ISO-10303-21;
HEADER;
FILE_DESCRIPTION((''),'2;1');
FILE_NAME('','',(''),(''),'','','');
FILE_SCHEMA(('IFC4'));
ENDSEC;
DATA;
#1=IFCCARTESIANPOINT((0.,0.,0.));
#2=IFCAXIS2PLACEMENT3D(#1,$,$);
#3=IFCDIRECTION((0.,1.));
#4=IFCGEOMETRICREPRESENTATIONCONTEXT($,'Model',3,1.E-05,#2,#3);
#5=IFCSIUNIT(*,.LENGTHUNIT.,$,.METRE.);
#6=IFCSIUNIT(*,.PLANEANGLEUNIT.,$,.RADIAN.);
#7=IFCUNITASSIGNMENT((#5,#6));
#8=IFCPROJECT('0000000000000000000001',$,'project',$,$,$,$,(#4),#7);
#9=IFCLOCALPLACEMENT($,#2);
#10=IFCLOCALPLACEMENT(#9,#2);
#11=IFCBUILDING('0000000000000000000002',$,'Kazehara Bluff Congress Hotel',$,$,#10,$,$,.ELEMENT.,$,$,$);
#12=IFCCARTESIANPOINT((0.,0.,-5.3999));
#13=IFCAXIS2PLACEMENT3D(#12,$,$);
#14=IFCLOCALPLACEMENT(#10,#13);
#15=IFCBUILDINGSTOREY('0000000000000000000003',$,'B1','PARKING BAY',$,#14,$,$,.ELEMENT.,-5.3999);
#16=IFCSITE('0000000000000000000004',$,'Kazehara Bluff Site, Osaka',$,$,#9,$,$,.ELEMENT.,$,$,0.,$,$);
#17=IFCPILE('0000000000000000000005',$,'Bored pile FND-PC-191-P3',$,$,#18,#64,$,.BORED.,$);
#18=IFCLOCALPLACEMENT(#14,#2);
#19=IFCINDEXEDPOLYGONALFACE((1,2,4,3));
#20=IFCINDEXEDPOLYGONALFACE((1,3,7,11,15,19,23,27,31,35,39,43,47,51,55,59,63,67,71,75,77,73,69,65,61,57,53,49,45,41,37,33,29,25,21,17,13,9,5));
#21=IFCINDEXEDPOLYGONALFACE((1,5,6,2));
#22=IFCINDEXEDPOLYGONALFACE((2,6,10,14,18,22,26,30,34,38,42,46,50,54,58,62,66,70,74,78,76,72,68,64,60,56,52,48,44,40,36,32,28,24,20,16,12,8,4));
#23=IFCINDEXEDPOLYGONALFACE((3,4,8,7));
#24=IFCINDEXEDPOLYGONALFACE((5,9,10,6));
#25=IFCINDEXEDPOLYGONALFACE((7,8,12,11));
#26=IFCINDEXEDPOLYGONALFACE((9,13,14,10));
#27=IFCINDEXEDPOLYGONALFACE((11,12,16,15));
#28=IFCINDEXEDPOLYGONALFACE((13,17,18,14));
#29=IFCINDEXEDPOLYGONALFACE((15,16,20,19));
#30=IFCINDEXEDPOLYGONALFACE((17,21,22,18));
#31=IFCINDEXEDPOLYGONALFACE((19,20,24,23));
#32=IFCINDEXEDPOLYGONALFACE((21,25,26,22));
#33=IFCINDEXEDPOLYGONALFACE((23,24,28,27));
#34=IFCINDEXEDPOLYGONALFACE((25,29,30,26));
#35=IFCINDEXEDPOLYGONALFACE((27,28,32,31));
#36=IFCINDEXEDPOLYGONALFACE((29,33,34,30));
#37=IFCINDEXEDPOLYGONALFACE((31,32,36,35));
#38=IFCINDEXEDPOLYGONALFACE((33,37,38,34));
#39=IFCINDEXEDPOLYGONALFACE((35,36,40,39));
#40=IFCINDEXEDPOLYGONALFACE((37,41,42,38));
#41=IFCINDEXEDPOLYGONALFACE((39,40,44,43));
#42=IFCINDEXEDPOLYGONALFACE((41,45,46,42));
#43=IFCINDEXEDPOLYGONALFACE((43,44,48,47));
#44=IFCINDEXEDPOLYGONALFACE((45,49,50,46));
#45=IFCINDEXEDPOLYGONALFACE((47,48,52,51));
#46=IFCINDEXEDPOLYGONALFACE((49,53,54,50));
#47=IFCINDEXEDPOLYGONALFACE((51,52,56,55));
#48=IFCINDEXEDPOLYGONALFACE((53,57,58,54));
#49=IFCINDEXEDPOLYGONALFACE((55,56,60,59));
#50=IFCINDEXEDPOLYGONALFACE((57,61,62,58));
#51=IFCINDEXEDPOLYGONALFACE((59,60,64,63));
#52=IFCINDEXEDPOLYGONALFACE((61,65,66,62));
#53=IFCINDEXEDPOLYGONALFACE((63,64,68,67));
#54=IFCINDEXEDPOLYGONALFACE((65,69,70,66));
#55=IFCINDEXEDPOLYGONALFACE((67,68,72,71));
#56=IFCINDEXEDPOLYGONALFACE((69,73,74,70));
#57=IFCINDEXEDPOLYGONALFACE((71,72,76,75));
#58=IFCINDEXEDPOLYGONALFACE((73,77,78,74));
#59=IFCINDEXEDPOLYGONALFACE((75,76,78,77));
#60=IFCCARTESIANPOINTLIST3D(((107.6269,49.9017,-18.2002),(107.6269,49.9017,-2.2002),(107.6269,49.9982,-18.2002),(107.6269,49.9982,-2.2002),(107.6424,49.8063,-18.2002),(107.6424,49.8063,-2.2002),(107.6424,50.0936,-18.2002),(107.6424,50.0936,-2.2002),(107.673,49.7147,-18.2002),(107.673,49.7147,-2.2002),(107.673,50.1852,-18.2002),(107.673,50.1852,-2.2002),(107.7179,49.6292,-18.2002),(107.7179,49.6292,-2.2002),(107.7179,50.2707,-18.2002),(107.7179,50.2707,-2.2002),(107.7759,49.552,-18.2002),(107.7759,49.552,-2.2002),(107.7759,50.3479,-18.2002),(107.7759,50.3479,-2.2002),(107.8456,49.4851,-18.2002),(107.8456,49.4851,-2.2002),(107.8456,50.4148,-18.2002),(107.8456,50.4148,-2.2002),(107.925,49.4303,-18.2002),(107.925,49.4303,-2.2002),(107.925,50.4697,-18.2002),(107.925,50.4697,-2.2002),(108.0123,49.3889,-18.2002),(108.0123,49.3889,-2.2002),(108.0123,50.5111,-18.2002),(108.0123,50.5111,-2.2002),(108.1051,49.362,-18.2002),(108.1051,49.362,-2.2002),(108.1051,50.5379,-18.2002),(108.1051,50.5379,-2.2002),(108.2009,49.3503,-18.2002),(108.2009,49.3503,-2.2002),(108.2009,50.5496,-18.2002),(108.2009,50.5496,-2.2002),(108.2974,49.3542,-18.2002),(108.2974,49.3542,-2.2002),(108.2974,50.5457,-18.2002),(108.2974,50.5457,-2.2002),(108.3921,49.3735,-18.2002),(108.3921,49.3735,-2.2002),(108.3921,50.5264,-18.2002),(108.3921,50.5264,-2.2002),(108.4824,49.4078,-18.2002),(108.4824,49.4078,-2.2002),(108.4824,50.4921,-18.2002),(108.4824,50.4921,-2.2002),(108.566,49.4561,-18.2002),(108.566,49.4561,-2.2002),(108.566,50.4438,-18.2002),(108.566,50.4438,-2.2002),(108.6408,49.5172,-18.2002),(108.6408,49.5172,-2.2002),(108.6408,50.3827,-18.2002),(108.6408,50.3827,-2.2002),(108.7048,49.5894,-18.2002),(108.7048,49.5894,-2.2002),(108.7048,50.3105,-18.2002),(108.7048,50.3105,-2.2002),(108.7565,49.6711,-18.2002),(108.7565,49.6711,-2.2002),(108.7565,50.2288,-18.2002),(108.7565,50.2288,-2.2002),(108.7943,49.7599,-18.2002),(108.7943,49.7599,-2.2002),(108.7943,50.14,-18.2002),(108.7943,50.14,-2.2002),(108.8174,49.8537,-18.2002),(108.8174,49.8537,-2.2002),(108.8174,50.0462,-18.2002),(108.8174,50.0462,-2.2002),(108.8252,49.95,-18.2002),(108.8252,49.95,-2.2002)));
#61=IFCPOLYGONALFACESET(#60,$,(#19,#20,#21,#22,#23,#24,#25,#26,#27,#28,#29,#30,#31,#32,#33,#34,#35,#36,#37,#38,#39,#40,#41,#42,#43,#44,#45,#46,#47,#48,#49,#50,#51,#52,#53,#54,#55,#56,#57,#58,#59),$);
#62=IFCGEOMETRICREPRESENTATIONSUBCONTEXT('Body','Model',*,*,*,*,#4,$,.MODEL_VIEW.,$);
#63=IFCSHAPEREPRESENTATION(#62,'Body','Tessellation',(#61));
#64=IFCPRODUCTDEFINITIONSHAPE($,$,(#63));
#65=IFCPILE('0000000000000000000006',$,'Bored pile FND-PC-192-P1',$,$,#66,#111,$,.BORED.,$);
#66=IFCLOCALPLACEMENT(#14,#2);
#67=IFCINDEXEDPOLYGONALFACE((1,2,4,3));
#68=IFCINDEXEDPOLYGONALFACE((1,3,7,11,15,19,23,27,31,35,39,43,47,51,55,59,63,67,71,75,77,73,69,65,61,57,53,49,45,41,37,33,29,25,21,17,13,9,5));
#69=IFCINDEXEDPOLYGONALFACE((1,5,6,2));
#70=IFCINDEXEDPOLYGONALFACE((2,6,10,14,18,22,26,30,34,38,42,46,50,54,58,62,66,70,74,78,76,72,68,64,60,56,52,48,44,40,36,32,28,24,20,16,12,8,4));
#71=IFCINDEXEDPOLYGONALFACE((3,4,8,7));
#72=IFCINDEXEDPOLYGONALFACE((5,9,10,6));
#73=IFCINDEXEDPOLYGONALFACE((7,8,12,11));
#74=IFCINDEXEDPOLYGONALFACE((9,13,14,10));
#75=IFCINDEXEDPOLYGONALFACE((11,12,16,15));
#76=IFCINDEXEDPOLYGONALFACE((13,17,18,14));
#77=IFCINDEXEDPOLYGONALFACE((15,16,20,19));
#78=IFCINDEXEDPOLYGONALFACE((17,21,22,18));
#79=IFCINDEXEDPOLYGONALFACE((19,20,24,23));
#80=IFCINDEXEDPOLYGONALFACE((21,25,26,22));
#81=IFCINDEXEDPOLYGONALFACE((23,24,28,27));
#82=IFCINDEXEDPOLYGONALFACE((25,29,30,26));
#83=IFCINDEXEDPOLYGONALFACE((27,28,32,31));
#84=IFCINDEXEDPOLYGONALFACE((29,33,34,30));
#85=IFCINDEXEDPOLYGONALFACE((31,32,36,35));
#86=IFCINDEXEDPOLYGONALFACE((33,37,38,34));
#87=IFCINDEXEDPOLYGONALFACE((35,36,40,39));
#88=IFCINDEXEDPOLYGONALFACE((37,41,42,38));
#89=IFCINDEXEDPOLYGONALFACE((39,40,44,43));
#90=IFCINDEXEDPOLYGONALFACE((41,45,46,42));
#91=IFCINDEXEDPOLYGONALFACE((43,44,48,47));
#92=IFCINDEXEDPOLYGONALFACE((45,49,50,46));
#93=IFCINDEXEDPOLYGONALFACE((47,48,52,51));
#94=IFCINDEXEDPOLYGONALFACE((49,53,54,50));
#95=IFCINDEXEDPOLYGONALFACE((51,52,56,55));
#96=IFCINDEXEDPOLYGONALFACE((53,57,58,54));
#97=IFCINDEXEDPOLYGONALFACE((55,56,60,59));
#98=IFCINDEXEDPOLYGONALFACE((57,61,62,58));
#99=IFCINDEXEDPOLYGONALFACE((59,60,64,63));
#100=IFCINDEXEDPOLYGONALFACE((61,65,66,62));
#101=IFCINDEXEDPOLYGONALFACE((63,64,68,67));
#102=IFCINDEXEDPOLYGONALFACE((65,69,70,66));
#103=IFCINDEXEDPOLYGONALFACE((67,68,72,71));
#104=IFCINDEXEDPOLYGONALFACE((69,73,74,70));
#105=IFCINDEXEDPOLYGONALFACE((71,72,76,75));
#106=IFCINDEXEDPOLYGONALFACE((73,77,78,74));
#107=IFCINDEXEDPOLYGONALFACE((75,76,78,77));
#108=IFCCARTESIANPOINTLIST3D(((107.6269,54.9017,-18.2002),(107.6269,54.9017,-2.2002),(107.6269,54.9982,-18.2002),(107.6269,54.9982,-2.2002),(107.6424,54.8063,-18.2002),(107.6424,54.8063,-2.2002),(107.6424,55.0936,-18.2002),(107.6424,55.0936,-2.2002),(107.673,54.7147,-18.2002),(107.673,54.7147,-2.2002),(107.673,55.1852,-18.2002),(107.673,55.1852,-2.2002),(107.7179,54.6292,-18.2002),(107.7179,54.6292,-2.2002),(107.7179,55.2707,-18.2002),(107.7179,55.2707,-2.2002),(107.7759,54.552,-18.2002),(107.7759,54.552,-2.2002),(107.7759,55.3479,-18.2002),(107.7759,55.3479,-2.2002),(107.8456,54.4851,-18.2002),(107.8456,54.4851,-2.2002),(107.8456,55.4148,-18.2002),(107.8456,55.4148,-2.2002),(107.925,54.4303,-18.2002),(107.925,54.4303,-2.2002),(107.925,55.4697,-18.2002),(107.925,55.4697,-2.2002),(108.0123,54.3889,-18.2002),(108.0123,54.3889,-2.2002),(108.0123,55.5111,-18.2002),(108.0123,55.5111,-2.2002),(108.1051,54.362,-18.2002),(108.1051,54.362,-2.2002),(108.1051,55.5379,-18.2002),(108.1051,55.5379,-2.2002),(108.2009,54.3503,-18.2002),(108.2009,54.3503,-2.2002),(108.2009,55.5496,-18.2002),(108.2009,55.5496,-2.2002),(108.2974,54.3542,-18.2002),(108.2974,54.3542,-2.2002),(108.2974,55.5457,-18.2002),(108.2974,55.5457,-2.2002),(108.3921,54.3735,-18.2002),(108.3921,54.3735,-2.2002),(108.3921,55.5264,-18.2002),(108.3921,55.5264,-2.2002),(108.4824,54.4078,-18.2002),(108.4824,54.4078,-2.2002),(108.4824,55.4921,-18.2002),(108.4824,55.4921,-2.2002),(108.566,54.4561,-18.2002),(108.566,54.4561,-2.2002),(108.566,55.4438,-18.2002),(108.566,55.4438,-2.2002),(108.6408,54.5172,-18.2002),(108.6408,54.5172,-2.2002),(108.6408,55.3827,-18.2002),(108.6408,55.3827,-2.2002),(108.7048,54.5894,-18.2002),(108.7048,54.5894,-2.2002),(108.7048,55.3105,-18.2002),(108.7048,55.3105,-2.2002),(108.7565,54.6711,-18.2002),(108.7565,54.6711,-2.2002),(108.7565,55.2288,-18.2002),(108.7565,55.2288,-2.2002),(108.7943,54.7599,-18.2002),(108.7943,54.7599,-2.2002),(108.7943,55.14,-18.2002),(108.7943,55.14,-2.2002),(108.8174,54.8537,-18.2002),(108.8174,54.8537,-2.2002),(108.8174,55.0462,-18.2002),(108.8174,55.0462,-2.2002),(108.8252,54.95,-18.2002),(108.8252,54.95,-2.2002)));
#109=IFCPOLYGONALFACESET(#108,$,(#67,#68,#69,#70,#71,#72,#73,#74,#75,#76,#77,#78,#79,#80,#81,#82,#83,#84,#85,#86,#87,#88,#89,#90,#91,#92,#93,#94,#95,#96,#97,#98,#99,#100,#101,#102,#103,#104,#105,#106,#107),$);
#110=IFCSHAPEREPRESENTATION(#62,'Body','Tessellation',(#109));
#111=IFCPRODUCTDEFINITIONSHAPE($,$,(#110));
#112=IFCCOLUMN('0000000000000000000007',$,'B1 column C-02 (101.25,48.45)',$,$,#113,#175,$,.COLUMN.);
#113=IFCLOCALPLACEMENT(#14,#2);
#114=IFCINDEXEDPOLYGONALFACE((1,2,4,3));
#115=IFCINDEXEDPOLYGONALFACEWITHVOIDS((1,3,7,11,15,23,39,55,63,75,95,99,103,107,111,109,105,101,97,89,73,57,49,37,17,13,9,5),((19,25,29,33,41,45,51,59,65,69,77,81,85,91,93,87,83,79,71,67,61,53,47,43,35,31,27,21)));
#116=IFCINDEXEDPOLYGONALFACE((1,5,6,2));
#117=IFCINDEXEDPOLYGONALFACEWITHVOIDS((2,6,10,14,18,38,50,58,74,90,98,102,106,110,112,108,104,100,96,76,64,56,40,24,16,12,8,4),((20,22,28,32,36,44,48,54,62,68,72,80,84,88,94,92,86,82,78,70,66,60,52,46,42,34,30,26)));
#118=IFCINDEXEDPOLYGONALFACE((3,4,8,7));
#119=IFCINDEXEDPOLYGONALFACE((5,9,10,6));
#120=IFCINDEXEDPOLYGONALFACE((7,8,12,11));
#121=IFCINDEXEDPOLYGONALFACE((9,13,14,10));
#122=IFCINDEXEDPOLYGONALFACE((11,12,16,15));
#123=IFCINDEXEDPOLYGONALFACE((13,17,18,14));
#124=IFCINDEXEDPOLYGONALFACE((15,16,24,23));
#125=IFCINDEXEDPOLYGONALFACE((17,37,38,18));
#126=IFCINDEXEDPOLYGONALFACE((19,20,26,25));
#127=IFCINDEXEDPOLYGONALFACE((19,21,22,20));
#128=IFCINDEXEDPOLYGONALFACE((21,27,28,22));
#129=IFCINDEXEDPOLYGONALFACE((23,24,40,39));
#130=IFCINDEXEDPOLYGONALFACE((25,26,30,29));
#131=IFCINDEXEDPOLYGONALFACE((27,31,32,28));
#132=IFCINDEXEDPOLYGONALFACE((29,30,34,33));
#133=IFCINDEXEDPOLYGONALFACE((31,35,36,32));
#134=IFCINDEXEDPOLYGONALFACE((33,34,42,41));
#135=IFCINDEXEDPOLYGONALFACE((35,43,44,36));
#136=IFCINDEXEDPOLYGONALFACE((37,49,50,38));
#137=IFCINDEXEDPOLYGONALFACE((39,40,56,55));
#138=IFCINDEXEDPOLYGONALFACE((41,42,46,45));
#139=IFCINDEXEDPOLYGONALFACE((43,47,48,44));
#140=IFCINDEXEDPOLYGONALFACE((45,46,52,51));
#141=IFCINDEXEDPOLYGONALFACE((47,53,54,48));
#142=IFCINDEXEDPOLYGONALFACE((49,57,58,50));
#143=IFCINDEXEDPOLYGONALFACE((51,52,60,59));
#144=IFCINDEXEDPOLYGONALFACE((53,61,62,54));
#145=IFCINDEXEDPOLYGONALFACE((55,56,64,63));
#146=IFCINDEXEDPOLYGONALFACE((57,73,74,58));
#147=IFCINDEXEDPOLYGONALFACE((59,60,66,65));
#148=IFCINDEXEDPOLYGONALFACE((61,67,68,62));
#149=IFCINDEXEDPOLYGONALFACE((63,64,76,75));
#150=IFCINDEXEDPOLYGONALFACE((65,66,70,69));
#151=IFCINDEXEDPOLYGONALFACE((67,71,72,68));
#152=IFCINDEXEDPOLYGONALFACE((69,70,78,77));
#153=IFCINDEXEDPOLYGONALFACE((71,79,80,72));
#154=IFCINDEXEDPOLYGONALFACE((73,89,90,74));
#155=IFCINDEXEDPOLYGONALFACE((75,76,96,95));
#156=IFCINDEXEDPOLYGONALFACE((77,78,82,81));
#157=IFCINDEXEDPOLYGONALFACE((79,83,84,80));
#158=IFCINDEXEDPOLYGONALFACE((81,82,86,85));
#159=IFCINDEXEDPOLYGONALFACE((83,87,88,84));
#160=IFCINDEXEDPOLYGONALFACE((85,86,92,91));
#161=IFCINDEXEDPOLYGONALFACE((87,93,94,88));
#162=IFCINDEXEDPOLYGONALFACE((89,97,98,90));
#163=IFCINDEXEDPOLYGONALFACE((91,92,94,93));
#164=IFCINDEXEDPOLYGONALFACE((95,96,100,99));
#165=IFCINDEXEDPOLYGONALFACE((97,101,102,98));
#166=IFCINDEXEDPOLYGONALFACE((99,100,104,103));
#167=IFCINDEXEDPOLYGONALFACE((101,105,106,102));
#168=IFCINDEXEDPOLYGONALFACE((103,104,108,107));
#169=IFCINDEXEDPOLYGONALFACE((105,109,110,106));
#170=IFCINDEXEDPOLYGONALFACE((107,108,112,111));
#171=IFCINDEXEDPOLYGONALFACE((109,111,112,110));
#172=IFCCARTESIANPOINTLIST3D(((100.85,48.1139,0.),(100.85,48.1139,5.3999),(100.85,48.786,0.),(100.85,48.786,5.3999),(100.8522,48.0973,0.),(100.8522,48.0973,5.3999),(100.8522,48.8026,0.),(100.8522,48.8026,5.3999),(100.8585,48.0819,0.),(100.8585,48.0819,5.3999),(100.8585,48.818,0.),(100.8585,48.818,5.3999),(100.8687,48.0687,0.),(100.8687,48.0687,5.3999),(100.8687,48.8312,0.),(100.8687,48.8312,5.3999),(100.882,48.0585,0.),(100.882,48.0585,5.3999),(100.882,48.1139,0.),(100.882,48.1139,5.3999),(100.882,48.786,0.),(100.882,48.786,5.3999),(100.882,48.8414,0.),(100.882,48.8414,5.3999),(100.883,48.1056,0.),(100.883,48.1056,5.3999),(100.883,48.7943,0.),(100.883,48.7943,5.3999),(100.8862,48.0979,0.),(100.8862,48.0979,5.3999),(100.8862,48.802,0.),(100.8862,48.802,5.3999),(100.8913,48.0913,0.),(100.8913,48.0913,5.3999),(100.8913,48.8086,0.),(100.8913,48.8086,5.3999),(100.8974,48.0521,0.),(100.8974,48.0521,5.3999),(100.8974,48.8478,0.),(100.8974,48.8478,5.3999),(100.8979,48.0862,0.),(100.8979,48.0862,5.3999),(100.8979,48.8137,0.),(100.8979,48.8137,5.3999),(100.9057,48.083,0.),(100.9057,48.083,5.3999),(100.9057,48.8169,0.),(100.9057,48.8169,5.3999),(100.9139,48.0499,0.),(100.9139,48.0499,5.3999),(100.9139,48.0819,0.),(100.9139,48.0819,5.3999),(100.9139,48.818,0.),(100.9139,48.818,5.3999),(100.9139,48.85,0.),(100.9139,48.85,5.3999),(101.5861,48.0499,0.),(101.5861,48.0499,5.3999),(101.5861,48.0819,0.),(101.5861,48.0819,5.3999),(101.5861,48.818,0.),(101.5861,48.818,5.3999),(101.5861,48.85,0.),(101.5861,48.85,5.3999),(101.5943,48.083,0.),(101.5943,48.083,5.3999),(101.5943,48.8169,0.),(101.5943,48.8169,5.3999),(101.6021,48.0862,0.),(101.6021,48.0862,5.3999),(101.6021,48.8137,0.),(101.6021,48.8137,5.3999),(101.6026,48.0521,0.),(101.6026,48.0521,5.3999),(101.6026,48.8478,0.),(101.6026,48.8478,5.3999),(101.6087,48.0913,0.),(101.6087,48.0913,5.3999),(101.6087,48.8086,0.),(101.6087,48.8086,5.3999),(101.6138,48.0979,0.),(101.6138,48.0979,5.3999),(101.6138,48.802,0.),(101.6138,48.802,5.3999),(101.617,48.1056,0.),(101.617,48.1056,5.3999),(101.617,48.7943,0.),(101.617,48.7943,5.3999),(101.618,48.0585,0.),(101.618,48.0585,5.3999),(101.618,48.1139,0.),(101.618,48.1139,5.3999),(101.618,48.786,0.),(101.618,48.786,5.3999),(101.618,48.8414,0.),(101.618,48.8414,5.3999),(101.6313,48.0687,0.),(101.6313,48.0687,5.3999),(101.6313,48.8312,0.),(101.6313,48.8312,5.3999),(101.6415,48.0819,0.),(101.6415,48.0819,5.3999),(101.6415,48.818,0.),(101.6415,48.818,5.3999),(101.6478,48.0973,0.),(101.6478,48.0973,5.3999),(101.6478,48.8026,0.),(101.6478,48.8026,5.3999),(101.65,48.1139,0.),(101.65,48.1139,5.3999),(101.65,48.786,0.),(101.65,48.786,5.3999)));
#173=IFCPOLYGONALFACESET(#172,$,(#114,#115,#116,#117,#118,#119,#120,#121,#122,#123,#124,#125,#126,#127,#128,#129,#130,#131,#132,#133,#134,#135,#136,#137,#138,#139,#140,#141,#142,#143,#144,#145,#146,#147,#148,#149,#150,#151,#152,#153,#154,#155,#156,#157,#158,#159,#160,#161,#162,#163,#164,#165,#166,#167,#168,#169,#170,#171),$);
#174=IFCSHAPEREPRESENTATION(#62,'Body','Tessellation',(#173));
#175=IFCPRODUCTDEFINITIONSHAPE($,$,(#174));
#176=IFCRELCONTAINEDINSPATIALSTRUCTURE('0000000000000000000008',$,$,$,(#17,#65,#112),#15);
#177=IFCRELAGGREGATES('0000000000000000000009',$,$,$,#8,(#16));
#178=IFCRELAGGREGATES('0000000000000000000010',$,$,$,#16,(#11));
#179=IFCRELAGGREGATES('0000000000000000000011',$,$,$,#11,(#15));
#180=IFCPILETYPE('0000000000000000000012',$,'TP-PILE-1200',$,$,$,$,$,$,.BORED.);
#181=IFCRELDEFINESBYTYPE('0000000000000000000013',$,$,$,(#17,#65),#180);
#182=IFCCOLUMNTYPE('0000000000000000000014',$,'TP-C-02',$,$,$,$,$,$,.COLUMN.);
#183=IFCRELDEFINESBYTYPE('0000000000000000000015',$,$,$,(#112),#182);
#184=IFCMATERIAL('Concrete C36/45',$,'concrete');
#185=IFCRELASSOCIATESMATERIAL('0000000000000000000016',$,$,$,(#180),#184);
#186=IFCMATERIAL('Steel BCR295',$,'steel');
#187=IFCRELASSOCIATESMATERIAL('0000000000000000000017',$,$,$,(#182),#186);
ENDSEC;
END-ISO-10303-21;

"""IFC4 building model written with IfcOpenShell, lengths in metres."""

from ifc_helpers import new_model, si_unit, direction, frame, origin, origin_2d, place, context, subcontext, project, spatial, hollow_rectangle, circle, extrude, material, material_profile, profile_set, type_object, element, save


model = new_model("IFC4")

# Units and contexts
model_context = context("Model", 3, precision=1e-05, world=origin(), true_north=direction((0.0, 1.0)))
body_context = subcontext(model_context, "Body", "Model", "MODEL_VIEW")
ifc_project = project(units=[si_unit("LENGTHUNIT", "METRE"), si_unit("PLANEANGLEUNIT", "RADIAN")], contexts=[model_context])

# Site, building, storey
site_placement = place(None, origin())
site = spatial("IfcSite", under=ifc_project, at=site_placement, Name="Kazehara Bluff Site, Osaka", CompositionType="ELEMENT", RefElevation=0.0)
building_placement = place(site_placement, origin())
building = spatial("IfcBuilding", under=site, at=building_placement, Name="Kazehara Bluff Congress Hotel", CompositionType="ELEMENT")
storey_placement = place(building_placement, frame((0.0, 0.0, -5.3999)))
storey = spatial("IfcBuildingStorey", under=building, at=storey_placement, Name="B1", Description="PARKING BAY", CompositionType="ELEMENT", Elevation=-5.3999)

# Piles
ifc_material_1 = material(Name="Concrete C36/45", Category="concrete")
ifc_material_profile_1 = material_profile(ifc_material_1, circle(Radius=0.6001, at=origin_2d()))
ifc_profile_set_1 = profile_set([ifc_material_profile_1], Name="Concrete C36/45")
pile_type = type_object("IfcPileType", Name="TP-PILE-1200", PredefinedType="BORED", material=ifc_profile_set_1)
for number, where, z_axis, x_axis, name in (
    (1, (108.2251, 49.95, -2.2002), (0.0, 0.0, -1.0), (1.0, 0.0, 0.0), "Bored pile FND-PC-191-P3"),
    (2, (108.2251, 54.95, -2.2002), (0.0, 0.0, -1.0), (1.0, 0.0, 0.0), "Bored pile FND-PC-192-P1"),
):
    element("IfcPile", number, at=place(storey_placement, frame(where, z_axis=z_axis, x_axis=x_axis)), inside=storey, type_object=pile_type, Name=name, PredefinedType="BORED", context=body_context, shape_type="SweptSolid", body=[
        extrude(circle(Radius=0.6001, at=origin_2d()), origin(), (0.0, 0.0, 1.0), 16.0),
    ])

# Column
ifc_material_2 = material(Name="Steel BCR295", Category="steel")
ifc_material_profile_2 = material_profile(ifc_material_2, hollow_rectangle(XDim=0.8, YDim=0.8, WallThickness=0.032, InnerFilletRadius=0.032, OuterFilletRadius=0.064, at=origin_2d()))
ifc_profile_set_2 = profile_set([ifc_material_profile_2], Name="Steel BCR295")
column_type = type_object("IfcColumnType", Name="TP-C-02", PredefinedType="COLUMN", material=ifc_profile_set_2)
for number, where, z_axis, x_axis, name in (
    (3, (101.25, 48.45, 0.0), (0.0, 0.0, 1.0), (1.0, 0.0, 0.0), "B1 column C-02 (101.25,48.45)"),
):
    element("IfcColumn", number, at=place(storey_placement, frame(where, z_axis=z_axis, x_axis=x_axis)), inside=storey, type_object=column_type, Name=name, PredefinedType="COLUMN", context=body_context, shape_type="SweptSolid", body=[
        extrude(hollow_rectangle(XDim=0.8, YDim=0.8, WallThickness=0.032, InnerFilletRadius=0.032, OuterFilletRadius=0.064, at=origin_2d()), origin(), (0.0, 0.0, 1.0), 5.3999),
    ])

save(model, "model.ifc")
